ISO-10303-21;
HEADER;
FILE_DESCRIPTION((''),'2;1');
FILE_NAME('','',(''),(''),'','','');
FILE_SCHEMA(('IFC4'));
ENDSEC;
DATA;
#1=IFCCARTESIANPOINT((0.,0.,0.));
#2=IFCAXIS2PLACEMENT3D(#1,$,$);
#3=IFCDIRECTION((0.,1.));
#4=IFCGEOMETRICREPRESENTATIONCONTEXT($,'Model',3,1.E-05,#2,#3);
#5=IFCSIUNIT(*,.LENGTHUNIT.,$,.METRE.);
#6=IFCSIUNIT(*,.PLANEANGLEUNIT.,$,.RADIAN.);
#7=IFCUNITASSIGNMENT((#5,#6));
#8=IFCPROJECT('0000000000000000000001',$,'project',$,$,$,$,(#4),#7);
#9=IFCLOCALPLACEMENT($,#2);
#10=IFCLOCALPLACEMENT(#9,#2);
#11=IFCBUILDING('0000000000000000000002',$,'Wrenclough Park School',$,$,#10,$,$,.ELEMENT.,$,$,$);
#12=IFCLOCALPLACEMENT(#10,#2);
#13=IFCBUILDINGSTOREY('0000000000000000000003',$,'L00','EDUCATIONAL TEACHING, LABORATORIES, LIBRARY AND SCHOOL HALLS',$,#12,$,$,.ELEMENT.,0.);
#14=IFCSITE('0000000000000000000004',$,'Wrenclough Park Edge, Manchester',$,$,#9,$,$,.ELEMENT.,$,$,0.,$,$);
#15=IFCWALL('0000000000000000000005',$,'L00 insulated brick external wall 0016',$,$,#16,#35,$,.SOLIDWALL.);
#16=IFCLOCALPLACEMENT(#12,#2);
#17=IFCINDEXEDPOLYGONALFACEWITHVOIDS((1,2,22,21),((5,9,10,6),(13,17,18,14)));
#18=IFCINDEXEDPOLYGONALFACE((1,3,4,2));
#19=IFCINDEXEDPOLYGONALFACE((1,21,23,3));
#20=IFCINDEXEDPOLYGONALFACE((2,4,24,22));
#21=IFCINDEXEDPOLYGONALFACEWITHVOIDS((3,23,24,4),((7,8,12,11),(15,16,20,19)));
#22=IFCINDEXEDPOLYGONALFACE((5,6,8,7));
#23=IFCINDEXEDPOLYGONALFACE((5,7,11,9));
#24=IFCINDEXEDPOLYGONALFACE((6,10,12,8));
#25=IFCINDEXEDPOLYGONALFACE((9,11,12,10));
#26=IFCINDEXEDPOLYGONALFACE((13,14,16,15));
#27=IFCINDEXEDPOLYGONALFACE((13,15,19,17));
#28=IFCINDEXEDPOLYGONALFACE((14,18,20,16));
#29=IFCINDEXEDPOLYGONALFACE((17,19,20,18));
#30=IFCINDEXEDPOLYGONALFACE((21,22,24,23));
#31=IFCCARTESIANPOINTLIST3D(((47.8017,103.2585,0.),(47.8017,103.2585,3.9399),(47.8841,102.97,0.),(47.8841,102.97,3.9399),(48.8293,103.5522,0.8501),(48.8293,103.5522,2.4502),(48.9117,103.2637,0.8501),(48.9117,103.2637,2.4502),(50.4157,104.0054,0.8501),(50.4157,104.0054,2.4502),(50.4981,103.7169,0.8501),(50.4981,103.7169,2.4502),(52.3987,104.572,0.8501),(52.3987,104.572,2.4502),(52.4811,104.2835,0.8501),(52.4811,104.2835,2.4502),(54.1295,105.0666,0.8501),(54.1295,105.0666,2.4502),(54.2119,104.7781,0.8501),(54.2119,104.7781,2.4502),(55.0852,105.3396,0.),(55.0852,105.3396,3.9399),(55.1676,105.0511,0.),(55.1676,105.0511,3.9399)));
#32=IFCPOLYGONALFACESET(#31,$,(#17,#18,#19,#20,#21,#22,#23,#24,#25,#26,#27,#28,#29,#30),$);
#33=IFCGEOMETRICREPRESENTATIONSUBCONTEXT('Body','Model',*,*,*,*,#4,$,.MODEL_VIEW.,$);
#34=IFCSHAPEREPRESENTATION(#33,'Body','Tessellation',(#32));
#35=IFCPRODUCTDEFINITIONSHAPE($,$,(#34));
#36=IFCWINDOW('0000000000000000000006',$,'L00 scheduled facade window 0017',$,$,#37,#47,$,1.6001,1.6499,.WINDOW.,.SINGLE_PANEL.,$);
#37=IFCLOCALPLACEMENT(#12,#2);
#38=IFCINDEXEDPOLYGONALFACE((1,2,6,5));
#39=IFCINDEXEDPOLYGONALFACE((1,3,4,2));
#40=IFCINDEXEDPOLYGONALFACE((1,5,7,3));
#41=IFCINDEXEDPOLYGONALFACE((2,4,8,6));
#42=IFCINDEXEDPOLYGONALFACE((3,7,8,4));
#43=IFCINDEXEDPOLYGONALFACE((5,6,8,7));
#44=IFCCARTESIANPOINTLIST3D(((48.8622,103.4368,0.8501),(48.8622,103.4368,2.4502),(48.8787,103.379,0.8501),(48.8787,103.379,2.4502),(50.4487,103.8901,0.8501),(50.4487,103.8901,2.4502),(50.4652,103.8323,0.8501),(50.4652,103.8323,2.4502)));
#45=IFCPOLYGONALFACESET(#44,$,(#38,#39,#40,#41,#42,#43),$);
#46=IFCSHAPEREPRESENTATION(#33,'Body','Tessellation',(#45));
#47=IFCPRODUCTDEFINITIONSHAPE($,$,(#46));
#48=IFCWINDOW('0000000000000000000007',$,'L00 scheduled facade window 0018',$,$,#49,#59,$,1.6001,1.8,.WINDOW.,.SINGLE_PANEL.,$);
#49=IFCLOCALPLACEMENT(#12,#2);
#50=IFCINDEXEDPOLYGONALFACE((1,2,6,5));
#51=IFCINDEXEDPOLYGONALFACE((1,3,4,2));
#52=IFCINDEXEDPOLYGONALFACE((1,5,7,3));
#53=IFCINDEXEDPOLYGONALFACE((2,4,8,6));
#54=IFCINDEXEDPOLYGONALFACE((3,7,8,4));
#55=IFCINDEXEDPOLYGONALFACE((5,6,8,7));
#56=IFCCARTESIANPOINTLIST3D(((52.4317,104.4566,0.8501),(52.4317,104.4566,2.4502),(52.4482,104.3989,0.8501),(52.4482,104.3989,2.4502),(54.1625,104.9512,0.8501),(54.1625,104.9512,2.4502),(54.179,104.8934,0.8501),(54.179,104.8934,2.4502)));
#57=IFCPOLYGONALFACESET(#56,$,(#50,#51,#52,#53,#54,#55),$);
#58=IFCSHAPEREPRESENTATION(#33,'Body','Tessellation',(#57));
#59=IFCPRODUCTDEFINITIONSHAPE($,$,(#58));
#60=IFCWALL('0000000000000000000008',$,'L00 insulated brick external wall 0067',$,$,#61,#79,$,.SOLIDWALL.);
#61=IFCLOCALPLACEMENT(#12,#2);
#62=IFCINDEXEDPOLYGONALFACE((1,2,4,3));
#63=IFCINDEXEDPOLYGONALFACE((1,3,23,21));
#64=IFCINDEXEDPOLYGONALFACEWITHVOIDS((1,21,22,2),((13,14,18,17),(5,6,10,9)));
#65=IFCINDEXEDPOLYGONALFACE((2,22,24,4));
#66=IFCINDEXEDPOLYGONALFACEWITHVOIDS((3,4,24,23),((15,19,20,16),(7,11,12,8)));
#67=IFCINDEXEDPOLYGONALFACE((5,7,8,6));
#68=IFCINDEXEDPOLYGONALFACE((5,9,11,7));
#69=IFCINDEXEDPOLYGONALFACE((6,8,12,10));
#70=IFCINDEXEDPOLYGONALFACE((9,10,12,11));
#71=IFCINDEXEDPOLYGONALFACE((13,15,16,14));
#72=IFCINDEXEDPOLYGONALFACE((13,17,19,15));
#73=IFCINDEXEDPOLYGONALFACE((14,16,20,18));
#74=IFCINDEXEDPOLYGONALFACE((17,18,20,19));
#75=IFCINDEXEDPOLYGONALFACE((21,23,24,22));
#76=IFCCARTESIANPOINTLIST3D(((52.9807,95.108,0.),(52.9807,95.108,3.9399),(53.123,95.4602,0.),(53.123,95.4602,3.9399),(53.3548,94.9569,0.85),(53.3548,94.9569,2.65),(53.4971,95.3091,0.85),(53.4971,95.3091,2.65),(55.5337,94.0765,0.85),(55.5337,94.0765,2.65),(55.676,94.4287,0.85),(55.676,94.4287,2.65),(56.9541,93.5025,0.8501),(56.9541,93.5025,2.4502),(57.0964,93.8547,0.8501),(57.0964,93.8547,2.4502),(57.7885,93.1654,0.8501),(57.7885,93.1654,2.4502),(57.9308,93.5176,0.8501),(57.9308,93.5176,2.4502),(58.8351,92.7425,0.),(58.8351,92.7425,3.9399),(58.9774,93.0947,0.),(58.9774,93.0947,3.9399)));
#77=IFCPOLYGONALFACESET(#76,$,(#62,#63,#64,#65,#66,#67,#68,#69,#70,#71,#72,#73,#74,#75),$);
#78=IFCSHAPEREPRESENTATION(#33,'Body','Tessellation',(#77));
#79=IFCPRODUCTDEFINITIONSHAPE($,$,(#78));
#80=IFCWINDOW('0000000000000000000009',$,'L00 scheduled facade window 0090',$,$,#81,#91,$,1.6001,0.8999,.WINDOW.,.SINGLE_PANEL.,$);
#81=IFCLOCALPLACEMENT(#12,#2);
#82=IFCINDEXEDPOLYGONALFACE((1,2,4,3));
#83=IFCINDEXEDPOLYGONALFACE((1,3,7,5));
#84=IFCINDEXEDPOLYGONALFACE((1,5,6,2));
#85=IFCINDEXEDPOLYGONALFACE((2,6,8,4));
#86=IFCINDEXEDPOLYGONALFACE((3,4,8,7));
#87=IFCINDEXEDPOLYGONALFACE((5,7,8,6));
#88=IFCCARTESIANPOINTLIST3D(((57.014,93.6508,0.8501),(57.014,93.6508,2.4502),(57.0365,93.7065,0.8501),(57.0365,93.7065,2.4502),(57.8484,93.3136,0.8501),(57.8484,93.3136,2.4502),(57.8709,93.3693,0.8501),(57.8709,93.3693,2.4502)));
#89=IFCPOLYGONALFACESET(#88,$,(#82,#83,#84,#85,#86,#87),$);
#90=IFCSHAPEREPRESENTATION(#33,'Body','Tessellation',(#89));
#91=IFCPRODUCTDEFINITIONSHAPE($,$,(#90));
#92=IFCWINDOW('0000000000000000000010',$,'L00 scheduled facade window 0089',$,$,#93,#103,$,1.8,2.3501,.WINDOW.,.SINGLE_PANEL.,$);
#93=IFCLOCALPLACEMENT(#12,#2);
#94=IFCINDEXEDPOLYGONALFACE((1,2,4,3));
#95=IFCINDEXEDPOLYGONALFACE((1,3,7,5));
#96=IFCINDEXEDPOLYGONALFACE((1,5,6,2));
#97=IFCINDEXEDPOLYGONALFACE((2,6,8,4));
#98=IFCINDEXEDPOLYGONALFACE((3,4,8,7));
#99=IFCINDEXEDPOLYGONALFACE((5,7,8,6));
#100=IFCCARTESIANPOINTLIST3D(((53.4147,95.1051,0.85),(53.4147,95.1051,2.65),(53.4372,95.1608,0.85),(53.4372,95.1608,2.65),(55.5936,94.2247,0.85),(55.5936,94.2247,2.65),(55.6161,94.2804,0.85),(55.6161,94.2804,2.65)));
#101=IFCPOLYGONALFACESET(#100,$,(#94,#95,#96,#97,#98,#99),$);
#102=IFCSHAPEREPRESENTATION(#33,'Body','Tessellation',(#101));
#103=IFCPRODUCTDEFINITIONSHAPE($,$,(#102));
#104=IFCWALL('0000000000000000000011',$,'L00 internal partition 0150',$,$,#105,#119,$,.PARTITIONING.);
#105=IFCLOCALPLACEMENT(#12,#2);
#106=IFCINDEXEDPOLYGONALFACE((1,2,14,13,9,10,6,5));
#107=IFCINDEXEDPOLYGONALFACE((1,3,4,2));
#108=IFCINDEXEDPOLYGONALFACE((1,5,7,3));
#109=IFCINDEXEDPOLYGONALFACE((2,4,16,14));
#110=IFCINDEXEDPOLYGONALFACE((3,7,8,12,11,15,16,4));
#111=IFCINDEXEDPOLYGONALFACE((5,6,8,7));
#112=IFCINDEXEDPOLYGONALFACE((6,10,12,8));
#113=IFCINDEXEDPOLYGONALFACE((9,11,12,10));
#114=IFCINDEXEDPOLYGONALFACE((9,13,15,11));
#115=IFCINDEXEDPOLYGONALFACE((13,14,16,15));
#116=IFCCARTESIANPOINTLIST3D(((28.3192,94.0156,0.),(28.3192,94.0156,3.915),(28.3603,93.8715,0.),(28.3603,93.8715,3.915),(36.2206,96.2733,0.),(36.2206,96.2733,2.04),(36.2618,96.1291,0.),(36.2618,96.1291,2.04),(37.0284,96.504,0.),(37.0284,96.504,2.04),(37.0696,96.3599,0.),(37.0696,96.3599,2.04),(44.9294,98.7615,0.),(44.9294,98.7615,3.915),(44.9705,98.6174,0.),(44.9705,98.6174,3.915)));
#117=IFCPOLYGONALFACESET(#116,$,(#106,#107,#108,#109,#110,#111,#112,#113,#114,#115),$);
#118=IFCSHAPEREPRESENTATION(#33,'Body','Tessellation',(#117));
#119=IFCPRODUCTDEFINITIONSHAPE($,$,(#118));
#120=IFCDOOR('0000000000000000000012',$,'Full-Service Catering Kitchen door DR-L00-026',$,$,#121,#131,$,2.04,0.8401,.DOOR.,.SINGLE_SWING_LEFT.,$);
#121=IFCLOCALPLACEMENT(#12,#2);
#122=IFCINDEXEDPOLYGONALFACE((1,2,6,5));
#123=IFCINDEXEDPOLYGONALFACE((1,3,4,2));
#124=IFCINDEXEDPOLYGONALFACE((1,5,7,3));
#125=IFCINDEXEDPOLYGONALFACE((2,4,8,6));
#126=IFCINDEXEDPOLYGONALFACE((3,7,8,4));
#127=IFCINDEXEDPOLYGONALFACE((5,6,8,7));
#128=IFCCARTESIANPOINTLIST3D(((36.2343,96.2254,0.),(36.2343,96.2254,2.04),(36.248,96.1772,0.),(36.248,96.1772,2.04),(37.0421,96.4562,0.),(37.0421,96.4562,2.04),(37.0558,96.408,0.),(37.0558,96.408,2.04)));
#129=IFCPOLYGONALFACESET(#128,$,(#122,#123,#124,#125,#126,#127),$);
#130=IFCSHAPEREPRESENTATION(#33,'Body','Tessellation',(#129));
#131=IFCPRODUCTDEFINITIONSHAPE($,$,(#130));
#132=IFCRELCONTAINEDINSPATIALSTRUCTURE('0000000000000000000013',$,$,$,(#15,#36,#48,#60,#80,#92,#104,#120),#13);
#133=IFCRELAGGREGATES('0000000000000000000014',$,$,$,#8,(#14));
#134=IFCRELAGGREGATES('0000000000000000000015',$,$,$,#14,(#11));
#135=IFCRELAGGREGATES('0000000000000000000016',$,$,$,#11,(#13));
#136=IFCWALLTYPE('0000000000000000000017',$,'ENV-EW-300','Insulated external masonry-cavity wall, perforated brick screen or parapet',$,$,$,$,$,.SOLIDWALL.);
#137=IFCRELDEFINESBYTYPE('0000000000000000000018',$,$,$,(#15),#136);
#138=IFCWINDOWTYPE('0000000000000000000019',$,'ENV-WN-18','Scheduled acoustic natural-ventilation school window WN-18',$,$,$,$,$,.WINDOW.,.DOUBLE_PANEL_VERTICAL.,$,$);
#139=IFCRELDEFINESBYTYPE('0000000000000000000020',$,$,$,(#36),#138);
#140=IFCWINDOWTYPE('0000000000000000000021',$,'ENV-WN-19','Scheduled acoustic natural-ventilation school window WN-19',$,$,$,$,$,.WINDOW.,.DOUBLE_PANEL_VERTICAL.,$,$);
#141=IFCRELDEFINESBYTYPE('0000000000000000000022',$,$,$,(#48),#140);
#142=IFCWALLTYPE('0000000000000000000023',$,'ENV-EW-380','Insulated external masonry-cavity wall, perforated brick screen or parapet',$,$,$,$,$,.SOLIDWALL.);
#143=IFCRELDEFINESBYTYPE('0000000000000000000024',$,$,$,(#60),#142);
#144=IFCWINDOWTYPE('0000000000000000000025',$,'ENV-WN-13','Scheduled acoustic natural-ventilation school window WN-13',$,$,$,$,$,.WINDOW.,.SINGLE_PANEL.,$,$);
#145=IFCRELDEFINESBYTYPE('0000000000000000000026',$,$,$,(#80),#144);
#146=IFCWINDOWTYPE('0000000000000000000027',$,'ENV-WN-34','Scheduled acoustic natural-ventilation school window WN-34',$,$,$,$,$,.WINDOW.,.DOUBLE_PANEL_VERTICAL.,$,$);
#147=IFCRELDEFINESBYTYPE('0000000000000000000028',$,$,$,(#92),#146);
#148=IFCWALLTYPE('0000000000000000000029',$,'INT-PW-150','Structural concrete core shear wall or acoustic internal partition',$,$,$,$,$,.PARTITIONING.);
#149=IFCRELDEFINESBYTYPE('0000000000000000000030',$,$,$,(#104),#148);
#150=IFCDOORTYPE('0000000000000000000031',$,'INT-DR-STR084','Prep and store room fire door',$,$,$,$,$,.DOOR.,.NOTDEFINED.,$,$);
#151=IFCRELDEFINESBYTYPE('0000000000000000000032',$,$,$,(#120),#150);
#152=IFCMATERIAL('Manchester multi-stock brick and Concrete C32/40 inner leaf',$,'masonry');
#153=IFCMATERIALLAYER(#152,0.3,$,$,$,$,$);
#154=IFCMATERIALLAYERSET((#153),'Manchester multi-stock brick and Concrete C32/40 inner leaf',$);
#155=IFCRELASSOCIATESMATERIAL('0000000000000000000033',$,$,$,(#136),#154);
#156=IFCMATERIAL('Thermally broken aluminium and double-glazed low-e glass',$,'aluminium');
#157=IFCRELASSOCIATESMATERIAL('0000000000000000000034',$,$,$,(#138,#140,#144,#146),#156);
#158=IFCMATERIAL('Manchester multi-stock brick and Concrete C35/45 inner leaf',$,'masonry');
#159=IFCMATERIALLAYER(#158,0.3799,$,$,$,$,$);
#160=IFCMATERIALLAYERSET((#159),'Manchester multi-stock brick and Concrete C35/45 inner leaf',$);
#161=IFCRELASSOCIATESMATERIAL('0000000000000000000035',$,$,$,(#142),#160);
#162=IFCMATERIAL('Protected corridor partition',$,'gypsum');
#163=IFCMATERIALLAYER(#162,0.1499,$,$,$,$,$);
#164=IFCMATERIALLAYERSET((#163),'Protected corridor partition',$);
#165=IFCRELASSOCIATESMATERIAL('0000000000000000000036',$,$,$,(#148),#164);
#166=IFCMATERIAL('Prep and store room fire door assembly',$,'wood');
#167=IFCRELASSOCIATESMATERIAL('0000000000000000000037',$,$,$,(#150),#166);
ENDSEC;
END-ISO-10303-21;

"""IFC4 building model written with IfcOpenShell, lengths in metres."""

from ifc_helpers import new_model, si_unit, direction, frame, frame_2d, origin, place, context, subcontext, project, spatial, rectangle, extrude, material, layer, layer_set, type_object, element, fill, save


model = new_model("IFC4")

# Units and contexts
model_context = context("Model", 3, precision=1e-05, world=origin(), true_north=direction((0.0, 1.0)))
body_context = subcontext(model_context, "Body", "Model", "MODEL_VIEW")
ifc_project = project(units=[si_unit("LENGTHUNIT", "METRE"), si_unit("PLANEANGLEUNIT", "RADIAN")], contexts=[model_context])

# Site, building, storey
site_placement = place(None, origin())
site = spatial("IfcSite", under=ifc_project, at=site_placement, Name="Wrenclough Park Edge, Manchester", CompositionType="ELEMENT", RefElevation=0.0)
building_placement = place(site_placement, origin())
building = spatial("IfcBuilding", under=site, at=building_placement, Name="Wrenclough Park School", CompositionType="ELEMENT")
storey_placement = place(building_placement, origin())
storey = spatial("IfcBuildingStorey", under=building, at=storey_placement, Name="L00", Description="EDUCATIONAL TEACHING, LABORATORIES, LIBRARY AND SCHOOL HALLS", CompositionType="ELEMENT", Elevation=0.0)

# Walls, openings, windows
ifc_material_1 = material(Name="Manchester multi-stock brick and Concrete C32/40 inner leaf", Category="masonry")
ifc_layer_1 = layer(ifc_material_1, 0.3)
ifc_layer_set_1 = layer_set([ifc_layer_1], Name="Manchester multi-stock brick and Concrete C32/40 inner leaf")
wall_type_1 = type_object("IfcWallType", Name="ENV-EW-300", Description="Insulated external masonry-cavity wall, perforated brick screen or parapet", PredefinedType="SOLIDWALL", material=ifc_layer_set_1)
wall_1_placement = place(storey_placement, frame((47.8428, 103.1143, 0.0), z_axis=(0.0, 0.0, 1.0), x_axis=(0.961522, 0.27473, 0.0)))
wall_1 = element("IfcWall", 1, at=wall_1_placement, inside=storey, type_object=wall_type_1, Name="L00 insulated brick external wall 0016", PredefinedType="SOLIDWALL", context=body_context, shape_type="SweptSolid", body=[
    extrude(rectangle(XDim=7.575, YDim=0.3, at=frame_2d((3.7876, 0.0))), origin(), (0.0, 0.0, 1.0), 3.9399),
])
opening_1_placement = place(wall_1_placement, frame((1.0688, 0.0, 0.8501)))
opening_1 = element("IfcOpeningElement", 2, at=opening_1_placement, cuts=wall_1, PredefinedType="OPENING", context=body_context, shape_type="SweptSolid", body=[
    extrude(rectangle(XDim=1.6499, YDim=1.6001, at=frame_2d((0.825, 0.8))), frame((0.0, 0.1599, 0.0), z_axis=(0.0, -1.0, 0.0), x_axis=(1.0, 0.0, 0.0)), (0.0, 0.0, 1.0), 0.3201),
])
opening_2_placement = place(wall_1_placement, frame((4.7812, 0.0, 0.8501)))
opening_2 = element("IfcOpeningElement", 3, at=opening_2_placement, cuts=wall_1, PredefinedType="OPENING", context=body_context, shape_type="SweptSolid", body=[
    extrude(rectangle(XDim=1.8, YDim=1.6001, at=frame_2d((0.8999, 0.8))), frame((0.0, 0.1599, 0.0), z_axis=(0.0, -1.0, 0.0), x_axis=(1.0, 0.0, 0.0)), (0.0, 0.0, 1.0), 0.3201),
])
ifc_material_2 = material(Name="Thermally broken aluminium and double-glazed low-e glass", Category="aluminium")
window_type_1 = type_object("IfcWindowType", Name="ENV-WN-18", Description="Scheduled acoustic natural-ventilation school window WN-18", PartitioningType="DOUBLE_PANEL_VERTICAL", PredefinedType="WINDOW", material=ifc_material_2)
window_1_placement = place(opening_1_placement, origin())
window_1 = element("IfcWindow", 4, at=window_1_placement, inside=storey, type_object=window_type_1, Name="L00 scheduled facade window 0017", OverallHeight=1.6001, OverallWidth=1.6499, PartitioningType="SINGLE_PANEL", PredefinedType="WINDOW", context=body_context, shape_type="SweptSolid", body=[
    extrude(rectangle(XDim=1.6499, YDim=1.6001, at=frame_2d((0.825, 0.8))), frame((0.0, 0.03, 0.0), z_axis=(0.0, -1.0, 0.0), x_axis=(1.0, 0.0, 0.0)), (0.0, 0.0, 1.0), 0.0601),
])
fill(opening_1, window_1)
window_type_2 = type_object("IfcWindowType", Name="ENV-WN-19", Description="Scheduled acoustic natural-ventilation school window WN-19", PartitioningType="DOUBLE_PANEL_VERTICAL", PredefinedType="WINDOW", material=ifc_material_2)
window_2_placement = place(opening_2_placement, origin())
window_2 = element("IfcWindow", 5, at=window_2_placement, inside=storey, type_object=window_type_2, Name="L00 scheduled facade window 0018", OverallHeight=1.6001, OverallWidth=1.8, PartitioningType="SINGLE_PANEL", PredefinedType="WINDOW", context=body_context, shape_type="SweptSolid", body=[
    extrude(rectangle(XDim=1.8, YDim=1.6001, at=frame_2d((0.8999, 0.8))), frame((0.0, 0.03, 0.0), z_axis=(0.0, -1.0, 0.0), x_axis=(1.0, 0.0, 0.0)), (0.0, 0.0, 1.0), 0.0601),
])
fill(opening_2, window_2)
ifc_material_3 = material(Name="Manchester multi-stock brick and Concrete C35/45 inner leaf", Category="masonry")
ifc_layer_2 = layer(ifc_material_3, 0.3799)
ifc_layer_set_2 = layer_set([ifc_layer_2], Name="Manchester multi-stock brick and Concrete C35/45 inner leaf")
wall_type_2 = type_object("IfcWallType", Name="ENV-EW-380", Description="Insulated external masonry-cavity wall, perforated brick screen or parapet", PredefinedType="SOLIDWALL", material=ifc_layer_set_2)
wall_2_placement = place(storey_placement, frame((53.0518, 95.2842, 0.0), z_axis=(0.0, 0.0, 1.0), x_axis=(0.927172, -0.374635, 0.0)))
wall_2 = element("IfcWall", 6, at=wall_2_placement, inside=storey, type_object=wall_type_2, Name="L00 insulated brick external wall 0067", PredefinedType="SOLIDWALL", context=body_context, shape_type="SweptSolid", body=[
    extrude(rectangle(XDim=6.3142, YDim=0.3799, at=frame_2d((3.1572, 0.0))), origin(), (0.0, 0.0, 1.0), 3.9399),
])
opening_3_placement = place(wall_2_placement, frame((0.4036, 0.0, 0.8501)))
opening_3 = element("IfcOpeningElement", 7, at=opening_3_placement, cuts=wall_2, PredefinedType="OPENING", context=body_context, shape_type="SweptSolid", body=[
    extrude(rectangle(XDim=2.3501, YDim=1.8, at=frame_2d((1.175, 0.8999))), frame((0.0, 0.2, 0.0), z_axis=(0.0, -1.0, 0.0), x_axis=(1.0, 0.0, 0.0)), (0.0, 0.0, 1.0), 0.3999),
])
opening_4_placement = place(wall_2_placement, frame((4.2856, 0.0, 0.8501)))
opening_4 = element("IfcOpeningElement", 8, at=opening_4_placement, cuts=wall_2, PredefinedType="OPENING", context=body_context, shape_type="SweptSolid", body=[
    extrude(rectangle(XDim=0.8999, YDim=1.6001, at=frame_2d((0.45, 0.8))), frame((0.0, 0.2, 0.0), z_axis=(0.0, -1.0, 0.0), x_axis=(1.0, 0.0, 0.0)), (0.0, 0.0, 1.0), 0.3999),
])
window_type_3 = type_object("IfcWindowType", Name="ENV-WN-13", Description="Scheduled acoustic natural-ventilation school window WN-13", PartitioningType="SINGLE_PANEL", PredefinedType="WINDOW", material=ifc_material_2)
window_3_placement = place(opening_4_placement, origin())
window_3 = element("IfcWindow", 9, at=window_3_placement, inside=storey, type_object=window_type_3, Name="L00 scheduled facade window 0090", OverallHeight=1.6001, OverallWidth=0.8999, PartitioningType="SINGLE_PANEL", PredefinedType="WINDOW", context=body_context, shape_type="SweptSolid", body=[
    extrude(rectangle(XDim=0.8999, YDim=1.6001, at=frame_2d((0.45, 0.8))), frame((0.0, 0.03, 0.0), z_axis=(0.0, -1.0, 0.0), x_axis=(1.0, 0.0, 0.0)), (0.0, 0.0, 1.0), 0.0601),
])
fill(opening_4, window_3)
window_type_4 = type_object("IfcWindowType", Name="ENV-WN-34", Description="Scheduled acoustic natural-ventilation school window WN-34", PartitioningType="DOUBLE_PANEL_VERTICAL", PredefinedType="WINDOW", material=ifc_material_2)
window_4_placement = place(opening_3_placement, origin())
window_4 = element("IfcWindow", 10, at=window_4_placement, inside=storey, type_object=window_type_4, Name="L00 scheduled facade window 0089", OverallHeight=1.8, OverallWidth=2.3501, PartitioningType="SINGLE_PANEL", PredefinedType="WINDOW", context=body_context, shape_type="SweptSolid", body=[
    extrude(rectangle(XDim=2.3501, YDim=1.8, at=frame_2d((1.175, 0.8999))), frame((0.0, 0.03, 0.0), z_axis=(0.0, -1.0, 0.0), x_axis=(1.0, 0.0, 0.0)), (0.0, 0.0, 1.0), 0.0601),
])
fill(opening_3, window_4)

# Wall, opening, door
ifc_material_4 = material(Name="Protected corridor partition", Category="gypsum")
ifc_layer_3 = layer(ifc_material_4, 0.1499)
ifc_layer_set_3 = layer_set([ifc_layer_3], Name="Protected corridor partition")
wall_type_3 = type_object("IfcWallType", Name="INT-PW-150", Description="Structural concrete core shear wall or acoustic internal partition", PredefinedType="PARTITIONING", material=ifc_layer_set_3)
wall_3_placement = place(storey_placement, frame((44.95, 98.6895, 0.0), z_axis=(0.0, 0.0, 1.0), x_axis=(-0.961522, -0.274727, 0.0)))
wall_3 = element("IfcWall", 11, at=wall_3_placement, inside=storey, type_object=wall_type_3, Name="L00 internal partition 0150", PredefinedType="PARTITIONING", context=body_context, shape_type="SweptSolid", body=[
    extrude(rectangle(XDim=17.2749, YDim=0.1499, at=frame_2d((8.6375, 0.0))), origin(), (0.0, 0.0, 1.0), 3.915),
])
opening_5_placement = place(wall_3_placement, frame((8.2173, 0.0, 0.0)))
opening_5 = element("IfcOpeningElement", 12, at=opening_5_placement, cuts=wall_3, PredefinedType="OPENING", context=body_context, shape_type="SweptSolid", body=[
    extrude(rectangle(XDim=0.8401, YDim=2.04, at=frame_2d((0.4199, 1.02))), frame((0.0, 0.085, 0.0), z_axis=(0.0, -1.0, 0.0), x_axis=(1.0, 0.0, 0.0)), (0.0, 0.0, 1.0), 0.1699),
])
ifc_material_5 = material(Name="Prep and store room fire door assembly", Category="wood")
door_type = type_object("IfcDoorType", Name="INT-DR-STR084", Description="Prep and store room fire door", OperationType="NOTDEFINED", PredefinedType="DOOR", material=ifc_material_5)
door_placement = place(opening_5_placement, origin())
door = element("IfcDoor", 13, at=door_placement, inside=storey, type_object=door_type, Name="Full-Service Catering Kitchen door DR-L00-026", OperationType="SINGLE_SWING_LEFT", OverallHeight=2.04, OverallWidth=0.8401, PredefinedType="DOOR", context=body_context, shape_type="SweptSolid", body=[
    extrude(rectangle(XDim=0.8401, YDim=2.04, at=frame_2d((0.4199, 1.02))), frame((0.0, 0.0249, 0.0), z_axis=(0.0, -1.0, 0.0), x_axis=(1.0, 0.0, 0.0)), (0.0, 0.0, 1.0), 0.05),
])
fill(opening_5, door)

save(model, "model.ifc")
